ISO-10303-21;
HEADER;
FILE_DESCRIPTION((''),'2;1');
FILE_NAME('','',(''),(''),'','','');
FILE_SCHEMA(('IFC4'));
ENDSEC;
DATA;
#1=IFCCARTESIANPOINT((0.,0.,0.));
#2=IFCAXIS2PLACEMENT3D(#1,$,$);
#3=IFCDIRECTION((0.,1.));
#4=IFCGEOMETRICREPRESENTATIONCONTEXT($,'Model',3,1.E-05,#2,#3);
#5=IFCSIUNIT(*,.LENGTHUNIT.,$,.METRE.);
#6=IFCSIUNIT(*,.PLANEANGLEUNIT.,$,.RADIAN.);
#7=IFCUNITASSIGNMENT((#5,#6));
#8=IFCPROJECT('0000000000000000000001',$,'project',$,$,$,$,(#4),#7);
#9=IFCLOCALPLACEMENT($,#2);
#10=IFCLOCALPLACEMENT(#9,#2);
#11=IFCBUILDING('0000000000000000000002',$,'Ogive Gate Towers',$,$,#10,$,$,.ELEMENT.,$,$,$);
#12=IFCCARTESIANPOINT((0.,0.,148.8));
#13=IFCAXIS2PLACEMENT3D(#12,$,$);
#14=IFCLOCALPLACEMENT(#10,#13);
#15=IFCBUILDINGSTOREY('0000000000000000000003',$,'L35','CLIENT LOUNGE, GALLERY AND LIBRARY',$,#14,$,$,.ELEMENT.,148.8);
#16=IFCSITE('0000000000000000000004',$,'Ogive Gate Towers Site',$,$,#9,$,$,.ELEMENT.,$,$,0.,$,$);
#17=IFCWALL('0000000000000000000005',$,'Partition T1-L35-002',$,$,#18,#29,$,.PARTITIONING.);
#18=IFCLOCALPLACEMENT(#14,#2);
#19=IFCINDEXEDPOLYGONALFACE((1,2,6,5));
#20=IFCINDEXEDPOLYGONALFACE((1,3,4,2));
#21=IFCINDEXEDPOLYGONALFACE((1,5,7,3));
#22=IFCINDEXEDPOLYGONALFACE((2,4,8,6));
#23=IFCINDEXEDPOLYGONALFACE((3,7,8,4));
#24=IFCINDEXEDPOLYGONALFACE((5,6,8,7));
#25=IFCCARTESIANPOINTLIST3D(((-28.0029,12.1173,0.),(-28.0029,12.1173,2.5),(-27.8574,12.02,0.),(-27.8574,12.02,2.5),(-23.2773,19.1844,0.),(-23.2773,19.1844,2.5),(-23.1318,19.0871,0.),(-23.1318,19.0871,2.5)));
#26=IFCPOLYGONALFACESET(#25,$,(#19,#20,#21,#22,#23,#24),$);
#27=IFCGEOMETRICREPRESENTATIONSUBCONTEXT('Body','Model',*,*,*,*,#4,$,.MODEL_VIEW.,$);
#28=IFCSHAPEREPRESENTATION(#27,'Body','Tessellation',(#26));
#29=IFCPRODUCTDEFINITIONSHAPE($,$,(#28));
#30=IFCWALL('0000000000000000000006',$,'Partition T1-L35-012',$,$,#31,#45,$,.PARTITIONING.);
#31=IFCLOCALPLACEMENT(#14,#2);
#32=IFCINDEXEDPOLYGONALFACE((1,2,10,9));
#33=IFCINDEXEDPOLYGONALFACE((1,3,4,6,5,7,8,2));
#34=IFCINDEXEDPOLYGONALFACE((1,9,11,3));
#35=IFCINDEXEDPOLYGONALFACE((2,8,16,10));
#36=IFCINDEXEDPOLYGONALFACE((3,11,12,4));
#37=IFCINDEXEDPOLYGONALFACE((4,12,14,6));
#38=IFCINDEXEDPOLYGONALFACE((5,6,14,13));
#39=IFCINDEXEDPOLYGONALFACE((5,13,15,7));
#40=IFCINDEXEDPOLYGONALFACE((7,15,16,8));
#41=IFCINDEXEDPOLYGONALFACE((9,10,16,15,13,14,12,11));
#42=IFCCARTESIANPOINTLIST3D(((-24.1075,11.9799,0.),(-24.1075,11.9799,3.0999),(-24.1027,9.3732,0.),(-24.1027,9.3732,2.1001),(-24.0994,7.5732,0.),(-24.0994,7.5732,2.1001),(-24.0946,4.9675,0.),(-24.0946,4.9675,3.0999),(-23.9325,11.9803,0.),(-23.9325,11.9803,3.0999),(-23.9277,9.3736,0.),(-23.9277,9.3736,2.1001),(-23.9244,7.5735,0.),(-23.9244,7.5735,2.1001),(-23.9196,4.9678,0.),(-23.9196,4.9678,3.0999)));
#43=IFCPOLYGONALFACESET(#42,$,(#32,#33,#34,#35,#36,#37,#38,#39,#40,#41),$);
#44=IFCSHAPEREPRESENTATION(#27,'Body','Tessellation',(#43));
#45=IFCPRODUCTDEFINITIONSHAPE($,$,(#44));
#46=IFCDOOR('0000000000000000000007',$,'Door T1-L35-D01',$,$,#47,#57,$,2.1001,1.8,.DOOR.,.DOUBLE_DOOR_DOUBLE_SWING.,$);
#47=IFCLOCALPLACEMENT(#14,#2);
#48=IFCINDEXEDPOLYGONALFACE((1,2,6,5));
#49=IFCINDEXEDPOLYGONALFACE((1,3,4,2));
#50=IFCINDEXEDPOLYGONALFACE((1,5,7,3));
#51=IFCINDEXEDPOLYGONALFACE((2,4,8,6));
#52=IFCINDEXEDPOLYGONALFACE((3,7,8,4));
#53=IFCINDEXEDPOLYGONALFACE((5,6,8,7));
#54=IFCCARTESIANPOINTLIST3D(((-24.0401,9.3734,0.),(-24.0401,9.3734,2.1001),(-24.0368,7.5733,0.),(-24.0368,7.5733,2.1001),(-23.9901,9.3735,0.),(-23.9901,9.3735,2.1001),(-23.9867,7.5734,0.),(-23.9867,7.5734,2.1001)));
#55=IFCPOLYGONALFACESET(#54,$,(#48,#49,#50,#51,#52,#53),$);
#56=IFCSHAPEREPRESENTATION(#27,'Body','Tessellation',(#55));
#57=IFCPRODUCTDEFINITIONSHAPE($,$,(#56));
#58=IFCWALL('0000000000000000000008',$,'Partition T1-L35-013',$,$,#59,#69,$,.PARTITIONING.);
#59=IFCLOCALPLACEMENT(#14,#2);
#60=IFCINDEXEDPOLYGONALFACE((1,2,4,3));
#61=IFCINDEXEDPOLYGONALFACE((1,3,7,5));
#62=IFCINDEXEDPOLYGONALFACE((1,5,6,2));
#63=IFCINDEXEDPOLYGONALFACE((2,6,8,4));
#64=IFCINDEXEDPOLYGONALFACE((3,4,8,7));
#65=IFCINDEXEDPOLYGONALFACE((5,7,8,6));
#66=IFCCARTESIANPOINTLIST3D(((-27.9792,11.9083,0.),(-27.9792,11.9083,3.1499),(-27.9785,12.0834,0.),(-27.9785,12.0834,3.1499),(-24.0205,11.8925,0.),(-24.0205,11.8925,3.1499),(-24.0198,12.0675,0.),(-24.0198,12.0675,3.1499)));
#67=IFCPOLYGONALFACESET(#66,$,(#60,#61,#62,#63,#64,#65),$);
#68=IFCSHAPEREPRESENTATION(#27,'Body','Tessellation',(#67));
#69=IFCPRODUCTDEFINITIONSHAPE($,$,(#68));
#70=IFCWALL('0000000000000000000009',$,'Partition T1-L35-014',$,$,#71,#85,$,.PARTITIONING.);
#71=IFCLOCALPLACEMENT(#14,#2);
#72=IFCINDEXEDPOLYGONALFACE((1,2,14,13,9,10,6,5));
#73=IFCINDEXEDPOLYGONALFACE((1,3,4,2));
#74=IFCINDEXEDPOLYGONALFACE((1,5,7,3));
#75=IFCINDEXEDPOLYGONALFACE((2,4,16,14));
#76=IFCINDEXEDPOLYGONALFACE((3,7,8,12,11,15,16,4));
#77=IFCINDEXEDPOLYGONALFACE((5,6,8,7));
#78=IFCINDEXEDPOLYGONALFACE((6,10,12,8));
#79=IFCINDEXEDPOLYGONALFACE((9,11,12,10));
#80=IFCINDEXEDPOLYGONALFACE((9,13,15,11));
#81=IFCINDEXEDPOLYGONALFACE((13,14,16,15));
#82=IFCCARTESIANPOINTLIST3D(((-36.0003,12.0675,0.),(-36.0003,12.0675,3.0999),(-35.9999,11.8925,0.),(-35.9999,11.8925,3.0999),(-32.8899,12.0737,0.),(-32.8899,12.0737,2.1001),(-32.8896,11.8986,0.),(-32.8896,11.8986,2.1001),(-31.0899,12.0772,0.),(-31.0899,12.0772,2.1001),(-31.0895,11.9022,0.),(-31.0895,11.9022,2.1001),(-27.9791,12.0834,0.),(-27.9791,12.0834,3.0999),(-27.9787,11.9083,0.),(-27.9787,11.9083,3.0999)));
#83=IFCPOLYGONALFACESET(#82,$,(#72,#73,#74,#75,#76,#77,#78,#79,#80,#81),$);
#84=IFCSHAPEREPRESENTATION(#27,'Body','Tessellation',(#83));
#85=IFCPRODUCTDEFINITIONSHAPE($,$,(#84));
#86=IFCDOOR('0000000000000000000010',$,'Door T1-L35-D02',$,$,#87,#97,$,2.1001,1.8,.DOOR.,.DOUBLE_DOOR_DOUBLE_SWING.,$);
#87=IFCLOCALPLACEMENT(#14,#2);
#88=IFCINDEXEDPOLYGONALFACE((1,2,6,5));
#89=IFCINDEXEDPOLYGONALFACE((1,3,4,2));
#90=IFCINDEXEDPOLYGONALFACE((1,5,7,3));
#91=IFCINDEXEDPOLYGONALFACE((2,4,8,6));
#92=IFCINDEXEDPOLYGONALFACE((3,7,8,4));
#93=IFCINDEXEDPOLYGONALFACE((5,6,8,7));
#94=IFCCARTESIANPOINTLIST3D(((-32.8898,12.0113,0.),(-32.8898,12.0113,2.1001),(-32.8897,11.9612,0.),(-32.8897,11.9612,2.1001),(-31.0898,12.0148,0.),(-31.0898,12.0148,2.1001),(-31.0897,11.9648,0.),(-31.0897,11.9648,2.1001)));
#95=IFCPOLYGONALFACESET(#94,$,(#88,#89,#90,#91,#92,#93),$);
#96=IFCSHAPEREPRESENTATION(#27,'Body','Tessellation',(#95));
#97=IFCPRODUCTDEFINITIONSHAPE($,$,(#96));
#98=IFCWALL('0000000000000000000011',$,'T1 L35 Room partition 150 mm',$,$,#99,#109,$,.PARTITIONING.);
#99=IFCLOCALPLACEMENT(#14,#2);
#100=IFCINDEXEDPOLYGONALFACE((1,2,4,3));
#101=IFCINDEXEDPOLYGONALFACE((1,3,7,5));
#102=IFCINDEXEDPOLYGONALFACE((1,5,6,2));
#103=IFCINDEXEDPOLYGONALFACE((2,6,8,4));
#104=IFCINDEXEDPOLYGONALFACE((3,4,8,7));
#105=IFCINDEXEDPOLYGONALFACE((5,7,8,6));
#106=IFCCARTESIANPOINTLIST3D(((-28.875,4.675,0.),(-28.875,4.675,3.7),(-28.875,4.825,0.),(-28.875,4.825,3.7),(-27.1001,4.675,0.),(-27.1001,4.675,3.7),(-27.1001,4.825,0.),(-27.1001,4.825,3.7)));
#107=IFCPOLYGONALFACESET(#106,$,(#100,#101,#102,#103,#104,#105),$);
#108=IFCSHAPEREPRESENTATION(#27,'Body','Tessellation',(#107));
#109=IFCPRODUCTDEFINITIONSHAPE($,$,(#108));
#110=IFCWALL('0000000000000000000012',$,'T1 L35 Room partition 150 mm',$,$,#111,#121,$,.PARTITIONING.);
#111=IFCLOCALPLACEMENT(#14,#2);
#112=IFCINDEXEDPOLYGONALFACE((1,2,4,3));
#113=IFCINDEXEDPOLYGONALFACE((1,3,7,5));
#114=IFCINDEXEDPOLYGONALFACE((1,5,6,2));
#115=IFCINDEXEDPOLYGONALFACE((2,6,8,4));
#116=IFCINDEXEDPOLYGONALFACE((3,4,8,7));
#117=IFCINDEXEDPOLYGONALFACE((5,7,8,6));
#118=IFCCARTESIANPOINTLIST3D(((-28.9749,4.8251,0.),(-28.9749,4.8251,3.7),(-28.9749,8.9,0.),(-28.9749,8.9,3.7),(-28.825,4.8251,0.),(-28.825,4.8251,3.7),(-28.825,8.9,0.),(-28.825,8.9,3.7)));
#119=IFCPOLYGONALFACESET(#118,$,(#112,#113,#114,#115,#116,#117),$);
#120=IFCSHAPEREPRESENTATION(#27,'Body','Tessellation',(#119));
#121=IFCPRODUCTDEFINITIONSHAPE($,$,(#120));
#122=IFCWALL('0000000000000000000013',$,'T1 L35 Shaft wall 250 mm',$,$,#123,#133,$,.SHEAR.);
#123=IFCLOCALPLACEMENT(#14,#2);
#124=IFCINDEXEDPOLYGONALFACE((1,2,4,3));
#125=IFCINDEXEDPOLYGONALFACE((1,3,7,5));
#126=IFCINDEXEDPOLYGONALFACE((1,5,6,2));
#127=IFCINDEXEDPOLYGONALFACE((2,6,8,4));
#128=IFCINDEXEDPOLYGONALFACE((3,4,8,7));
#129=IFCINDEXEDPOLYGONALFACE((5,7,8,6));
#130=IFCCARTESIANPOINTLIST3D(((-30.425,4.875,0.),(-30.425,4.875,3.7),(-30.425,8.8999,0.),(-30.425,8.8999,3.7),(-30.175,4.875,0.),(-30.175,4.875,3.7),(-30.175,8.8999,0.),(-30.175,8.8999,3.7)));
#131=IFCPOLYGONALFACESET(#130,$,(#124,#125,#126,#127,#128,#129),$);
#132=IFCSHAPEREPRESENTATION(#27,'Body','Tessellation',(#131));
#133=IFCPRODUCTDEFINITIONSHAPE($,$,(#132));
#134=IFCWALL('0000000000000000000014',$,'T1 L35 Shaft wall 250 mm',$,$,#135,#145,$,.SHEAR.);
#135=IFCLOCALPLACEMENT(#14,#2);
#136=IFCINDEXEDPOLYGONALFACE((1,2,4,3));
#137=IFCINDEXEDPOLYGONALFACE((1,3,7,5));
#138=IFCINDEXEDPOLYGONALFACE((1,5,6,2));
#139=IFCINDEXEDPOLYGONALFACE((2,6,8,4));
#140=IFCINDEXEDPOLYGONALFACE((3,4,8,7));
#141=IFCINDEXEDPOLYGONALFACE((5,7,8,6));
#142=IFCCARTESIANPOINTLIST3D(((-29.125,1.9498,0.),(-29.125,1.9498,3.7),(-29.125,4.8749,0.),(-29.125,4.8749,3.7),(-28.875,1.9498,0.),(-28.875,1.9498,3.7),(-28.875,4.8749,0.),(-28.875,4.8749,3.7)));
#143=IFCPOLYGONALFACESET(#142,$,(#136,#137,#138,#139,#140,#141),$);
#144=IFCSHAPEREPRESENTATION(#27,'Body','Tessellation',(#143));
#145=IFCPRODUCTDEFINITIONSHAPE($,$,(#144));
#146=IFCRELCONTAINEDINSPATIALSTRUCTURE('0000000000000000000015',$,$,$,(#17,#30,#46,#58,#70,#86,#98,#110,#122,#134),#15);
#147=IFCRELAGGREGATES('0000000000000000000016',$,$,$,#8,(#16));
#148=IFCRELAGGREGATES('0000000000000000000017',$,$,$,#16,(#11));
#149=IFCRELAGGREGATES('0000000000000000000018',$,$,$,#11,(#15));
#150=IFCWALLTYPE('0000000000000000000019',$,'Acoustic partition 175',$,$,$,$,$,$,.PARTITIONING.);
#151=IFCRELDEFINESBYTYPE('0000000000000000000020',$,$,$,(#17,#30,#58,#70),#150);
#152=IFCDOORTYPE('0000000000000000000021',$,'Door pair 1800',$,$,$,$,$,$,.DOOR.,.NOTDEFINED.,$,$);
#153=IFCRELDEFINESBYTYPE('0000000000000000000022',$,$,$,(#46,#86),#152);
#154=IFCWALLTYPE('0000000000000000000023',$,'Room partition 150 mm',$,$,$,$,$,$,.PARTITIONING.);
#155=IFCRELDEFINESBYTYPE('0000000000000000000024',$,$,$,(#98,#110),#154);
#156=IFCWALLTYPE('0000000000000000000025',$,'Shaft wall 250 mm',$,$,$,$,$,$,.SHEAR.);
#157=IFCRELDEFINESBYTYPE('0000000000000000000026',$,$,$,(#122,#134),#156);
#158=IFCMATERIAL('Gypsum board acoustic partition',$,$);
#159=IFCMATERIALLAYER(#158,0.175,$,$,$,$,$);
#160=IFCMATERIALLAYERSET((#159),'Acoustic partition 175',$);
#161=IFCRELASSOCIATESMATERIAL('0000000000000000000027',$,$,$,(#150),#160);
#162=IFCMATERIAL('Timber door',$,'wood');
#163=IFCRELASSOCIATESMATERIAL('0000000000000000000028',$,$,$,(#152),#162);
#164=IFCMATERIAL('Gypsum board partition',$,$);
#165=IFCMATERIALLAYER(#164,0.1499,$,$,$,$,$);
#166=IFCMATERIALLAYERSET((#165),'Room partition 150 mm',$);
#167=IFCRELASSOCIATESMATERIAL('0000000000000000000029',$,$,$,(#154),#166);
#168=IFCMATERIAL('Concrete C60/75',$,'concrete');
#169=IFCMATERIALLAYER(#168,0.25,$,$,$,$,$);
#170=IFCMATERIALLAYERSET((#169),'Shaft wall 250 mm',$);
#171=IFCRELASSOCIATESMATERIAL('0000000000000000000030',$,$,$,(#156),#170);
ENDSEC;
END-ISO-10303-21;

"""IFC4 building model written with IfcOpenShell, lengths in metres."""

from ifc_helpers import new_model, si_unit, direction, frame, frame_2d, origin, place, context, subcontext, project, spatial, rectangle, extrude, material, layer, layer_set, type_object, element, fill, save


model = new_model("IFC4")

# Units and contexts
model_context = context("Model", 3, precision=1e-05, world=origin(), true_north=direction((0.0, 1.0)))
body_context = subcontext(model_context, "Body", "Model", "MODEL_VIEW")
ifc_project = project(units=[si_unit("LENGTHUNIT", "METRE"), si_unit("PLANEANGLEUNIT", "RADIAN")], contexts=[model_context])

# Site, building, storey
site_placement = place(None, origin())
site = spatial("IfcSite", under=ifc_project, at=site_placement, Name="Ogive Gate Towers Site", CompositionType="ELEMENT", RefElevation=0.0)
building_placement = place(site_placement, origin())
building = spatial("IfcBuilding", under=site, at=building_placement, Name="Ogive Gate Towers", CompositionType="ELEMENT")
storey_placement = place(building_placement, frame((0.0, 0.0, 148.8)))
storey = spatial("IfcBuildingStorey", under=building, at=storey_placement, Name="L35", Description="CLIENT LOUNGE, GALLERY AND LIBRARY", CompositionType="ELEMENT", Elevation=148.8)

# Wall
ifc_material_1 = material(Name="Gypsum board acoustic partition")
ifc_layer_1 = layer(ifc_material_1, 0.175)
ifc_layer_set_1 = layer_set([ifc_layer_1], Name="Acoustic partition 175")
wall_type_1 = type_object("IfcWallType", Name="Acoustic partition 175", PredefinedType="PARTITIONING", material=ifc_layer_set_1)
wall_1_placement = place(storey_placement, frame((-23.2046, 19.1357, 0.0), z_axis=(0.0, 0.0, 1.0), x_axis=(-0.555853, -0.831281, 0.0)))
element("IfcWall", 1, at=wall_1_placement, inside=storey, type_object=wall_type_1, Name="Partition T1-L35-002", PredefinedType="PARTITIONING", context=body_context, shape_type="SweptSolid", body=[
    extrude(rectangle(XDim=8.5015, YDim=0.175, at=frame_2d((4.2507, 0.0))), origin(), (0.0, 0.0, 1.0), 2.5),
])

# Wall, opening, door
wall_2_placement = place(storey_placement, frame((-24.0071, 4.9675, 0.0), z_axis=(0.0, 0.0, 1.0), x_axis=(-0.001845, 0.999998, 0.0)))
wall_2 = element("IfcWall", 2, at=wall_2_placement, inside=storey, type_object=wall_type_1, Name="Partition T1-L35-012", PredefinedType="PARTITIONING", context=body_context, shape_type="SweptSolid", body=[
    extrude(rectangle(XDim=7.0125, YDim=0.175, at=frame_2d((3.5063, 0.0))), origin(), (0.0, 0.0, 1.0), 3.0999),
])
opening_1_placement = place(wall_2_placement, frame((2.606, 0.0, 0.0)))
opening_1 = element("IfcOpeningElement", 3, at=opening_1_placement, cuts=wall_2, PredefinedType="OPENING", context=body_context, shape_type="SweptSolid", body=[
    extrude(rectangle(XDim=1.8, YDim=2.1001, at=frame_2d((0.8999, 1.05))), frame((0.0, 0.0977, 0.0), z_axis=(0.0, -1.0, 0.0), x_axis=(1.0, 0.0, 0.0)), (0.0, 0.0, 1.0), 0.1951),
])
ifc_material_2 = material(Name="Timber door", Category="wood")
door_type = type_object("IfcDoorType", Name="Door pair 1800", OperationType="NOTDEFINED", PredefinedType="DOOR", material=ifc_material_2)
door_1_placement = place(opening_1_placement, origin())
door_1 = element("IfcDoor", 4, at=door_1_placement, inside=storey, type_object=door_type, Name="Door T1-L35-D01", OperationType="DOUBLE_DOOR_DOUBLE_SWING", OverallHeight=2.1001, OverallWidth=1.8, PredefinedType="DOOR", context=body_context, shape_type="SweptSolid", body=[
    extrude(rectangle(XDim=1.8, YDim=2.1001, at=frame_2d((0.8999, 1.05))), frame((0.0, 0.0249, 0.0), z_axis=(0.0, -1.0, 0.0), x_axis=(1.0, 0.0, 0.0)), (0.0, 0.0, 1.0), 0.05),
])
fill(opening_1, door_1)

# Wall
wall_3_placement = place(storey_placement, frame((-24.02, 11.98, 0.0), z_axis=(0.0, 0.0, 1.0), x_axis=(-0.999992, 0.004009, 0.0)))
element("IfcWall", 5, at=wall_3_placement, inside=storey, type_object=wall_type_1, Name="Partition T1-L35-013", PredefinedType="PARTITIONING", context=body_context, shape_type="SweptSolid", body=[
    extrude(rectangle(XDim=3.9587, YDim=0.175, at=frame_2d((1.9795, 0.0))), origin(), (0.0, 0.0, 1.0), 3.1499),
])

# Wall, opening, door
wall_4_placement = place(storey_placement, frame((-27.9788, 11.9958, 0.0), z_axis=(0.0, 0.0, 1.0), x_axis=(-0.999998, -0.001978, 0.0)))
wall_4 = element("IfcWall", 6, at=wall_4_placement, inside=storey, type_object=wall_type_1, Name="Partition T1-L35-014", PredefinedType="PARTITIONING", context=body_context, shape_type="SweptSolid", body=[
    extrude(rectangle(XDim=8.0212, YDim=0.175, at=frame_2d((4.0107, 0.0))), origin(), (0.0, 0.0, 1.0), 3.0999),
])
opening_2_placement = place(wall_4_placement, frame((3.1111, 0.0, 0.0)))
opening_2 = element("IfcOpeningElement", 7, at=opening_2_placement, cuts=wall_4, PredefinedType="OPENING", context=body_context, shape_type="SweptSolid", body=[
    extrude(rectangle(XDim=1.8, YDim=2.1001, at=frame_2d((0.8999, 1.05))), frame((0.0, 0.0977, 0.0), z_axis=(0.0, -1.0, 0.0), x_axis=(1.0, 0.0, 0.0)), (0.0, 0.0, 1.0), 0.1951),
])
door_2_placement = place(opening_2_placement, origin())
door_2 = element("IfcDoor", 8, at=door_2_placement, inside=storey, type_object=door_type, Name="Door T1-L35-D02", OperationType="DOUBLE_DOOR_DOUBLE_SWING", OverallHeight=2.1001, OverallWidth=1.8, PredefinedType="DOOR", context=body_context, shape_type="SweptSolid", body=[
    extrude(rectangle(XDim=1.8, YDim=2.1001, at=frame_2d((0.8999, 1.05))), frame((0.0, 0.0249, 0.0), z_axis=(0.0, -1.0, 0.0), x_axis=(1.0, 0.0, 0.0)), (0.0, 0.0, 1.0), 0.05),
])
fill(opening_2, door_2)

# Walls
ifc_material_3 = material(Name="Gypsum board partition")
ifc_layer_2 = layer(ifc_material_3, 0.1499)
ifc_layer_set_2 = layer_set([ifc_layer_2], Name="Room partition 150 mm")
wall_type_2 = type_object("IfcWallType", Name="Room partition 150 mm", PredefinedType="PARTITIONING", material=ifc_layer_set_2)
wall_5_placement = place(storey_placement, frame((-28.875, 4.75, 0.0), z_axis=(0.0, 0.0, 1.0), x_axis=(1.0, 0.0, 0.0)))
element("IfcWall", 9, at=wall_5_placement, inside=storey, type_object=wall_type_2, Name="T1 L35 Room partition 150 mm", PredefinedType="PARTITIONING", context=body_context, shape_type="SweptSolid", body=[
    extrude(rectangle(XDim=1.7749, YDim=0.1499, at=frame_2d((0.8875, 0.0))), origin(), (0.0, 0.0, 1.0), 3.7),
])
wall_6_placement = place(storey_placement, frame((-28.8999, 4.825, 0.0), z_axis=(0.0, 0.0, 1.0), x_axis=(0.0, 1.0, 0.0)))
element("IfcWall", 10, at=wall_6_placement, inside=storey, type_object=wall_type_2, Name="T1 L35 Room partition 150 mm", PredefinedType="PARTITIONING", context=body_context, shape_type="SweptSolid", body=[
    extrude(rectangle(XDim=4.075, YDim=0.1499, at=frame_2d((2.0376, 0.0))), origin(), (0.0, 0.0, 1.0), 3.7),
])
ifc_material_4 = material(Name="Concrete C60/75", Category="concrete")
ifc_layer_3 = layer(ifc_material_4, 0.25)
ifc_layer_set_3 = layer_set([ifc_layer_3], Name="Shaft wall 250 mm")
wall_type_3 = type_object("IfcWallType", Name="Shaft wall 250 mm", PredefinedType="SHEAR", material=ifc_layer_set_3)
wall_7_placement = place(storey_placement, frame((-30.3, 4.875, 0.0), z_axis=(0.0, 0.0, 1.0), x_axis=(0.0, 1.0, 0.0)))
element("IfcWall", 11, at=wall_7_placement, inside=storey, type_object=wall_type_3, Name="T1 L35 Shaft wall 250 mm", PredefinedType="SHEAR", context=body_context, shape_type="SweptSolid", body=[
    extrude(rectangle(XDim=4.0249, YDim=0.25, at=frame_2d((2.0125, 0.0))), origin(), (0.0, 0.0, 1.0), 3.7),
])
wall_8_placement = place(storey_placement, frame((-29.0, 1.95, 0.0), z_axis=(0.0, 0.0, 1.0), x_axis=(0.0, 1.0, 0.0)))
element("IfcWall", 12, at=wall_8_placement, inside=storey, type_object=wall_type_3, Name="T1 L35 Shaft wall 250 mm", PredefinedType="SHEAR", context=body_context, shape_type="SweptSolid", body=[
    extrude(rectangle(XDim=2.925, YDim=0.25, at=frame_2d((1.4624, 0.0))), origin(), (0.0, 0.0, 1.0), 3.7),
])

save(model, "model.ifc")
